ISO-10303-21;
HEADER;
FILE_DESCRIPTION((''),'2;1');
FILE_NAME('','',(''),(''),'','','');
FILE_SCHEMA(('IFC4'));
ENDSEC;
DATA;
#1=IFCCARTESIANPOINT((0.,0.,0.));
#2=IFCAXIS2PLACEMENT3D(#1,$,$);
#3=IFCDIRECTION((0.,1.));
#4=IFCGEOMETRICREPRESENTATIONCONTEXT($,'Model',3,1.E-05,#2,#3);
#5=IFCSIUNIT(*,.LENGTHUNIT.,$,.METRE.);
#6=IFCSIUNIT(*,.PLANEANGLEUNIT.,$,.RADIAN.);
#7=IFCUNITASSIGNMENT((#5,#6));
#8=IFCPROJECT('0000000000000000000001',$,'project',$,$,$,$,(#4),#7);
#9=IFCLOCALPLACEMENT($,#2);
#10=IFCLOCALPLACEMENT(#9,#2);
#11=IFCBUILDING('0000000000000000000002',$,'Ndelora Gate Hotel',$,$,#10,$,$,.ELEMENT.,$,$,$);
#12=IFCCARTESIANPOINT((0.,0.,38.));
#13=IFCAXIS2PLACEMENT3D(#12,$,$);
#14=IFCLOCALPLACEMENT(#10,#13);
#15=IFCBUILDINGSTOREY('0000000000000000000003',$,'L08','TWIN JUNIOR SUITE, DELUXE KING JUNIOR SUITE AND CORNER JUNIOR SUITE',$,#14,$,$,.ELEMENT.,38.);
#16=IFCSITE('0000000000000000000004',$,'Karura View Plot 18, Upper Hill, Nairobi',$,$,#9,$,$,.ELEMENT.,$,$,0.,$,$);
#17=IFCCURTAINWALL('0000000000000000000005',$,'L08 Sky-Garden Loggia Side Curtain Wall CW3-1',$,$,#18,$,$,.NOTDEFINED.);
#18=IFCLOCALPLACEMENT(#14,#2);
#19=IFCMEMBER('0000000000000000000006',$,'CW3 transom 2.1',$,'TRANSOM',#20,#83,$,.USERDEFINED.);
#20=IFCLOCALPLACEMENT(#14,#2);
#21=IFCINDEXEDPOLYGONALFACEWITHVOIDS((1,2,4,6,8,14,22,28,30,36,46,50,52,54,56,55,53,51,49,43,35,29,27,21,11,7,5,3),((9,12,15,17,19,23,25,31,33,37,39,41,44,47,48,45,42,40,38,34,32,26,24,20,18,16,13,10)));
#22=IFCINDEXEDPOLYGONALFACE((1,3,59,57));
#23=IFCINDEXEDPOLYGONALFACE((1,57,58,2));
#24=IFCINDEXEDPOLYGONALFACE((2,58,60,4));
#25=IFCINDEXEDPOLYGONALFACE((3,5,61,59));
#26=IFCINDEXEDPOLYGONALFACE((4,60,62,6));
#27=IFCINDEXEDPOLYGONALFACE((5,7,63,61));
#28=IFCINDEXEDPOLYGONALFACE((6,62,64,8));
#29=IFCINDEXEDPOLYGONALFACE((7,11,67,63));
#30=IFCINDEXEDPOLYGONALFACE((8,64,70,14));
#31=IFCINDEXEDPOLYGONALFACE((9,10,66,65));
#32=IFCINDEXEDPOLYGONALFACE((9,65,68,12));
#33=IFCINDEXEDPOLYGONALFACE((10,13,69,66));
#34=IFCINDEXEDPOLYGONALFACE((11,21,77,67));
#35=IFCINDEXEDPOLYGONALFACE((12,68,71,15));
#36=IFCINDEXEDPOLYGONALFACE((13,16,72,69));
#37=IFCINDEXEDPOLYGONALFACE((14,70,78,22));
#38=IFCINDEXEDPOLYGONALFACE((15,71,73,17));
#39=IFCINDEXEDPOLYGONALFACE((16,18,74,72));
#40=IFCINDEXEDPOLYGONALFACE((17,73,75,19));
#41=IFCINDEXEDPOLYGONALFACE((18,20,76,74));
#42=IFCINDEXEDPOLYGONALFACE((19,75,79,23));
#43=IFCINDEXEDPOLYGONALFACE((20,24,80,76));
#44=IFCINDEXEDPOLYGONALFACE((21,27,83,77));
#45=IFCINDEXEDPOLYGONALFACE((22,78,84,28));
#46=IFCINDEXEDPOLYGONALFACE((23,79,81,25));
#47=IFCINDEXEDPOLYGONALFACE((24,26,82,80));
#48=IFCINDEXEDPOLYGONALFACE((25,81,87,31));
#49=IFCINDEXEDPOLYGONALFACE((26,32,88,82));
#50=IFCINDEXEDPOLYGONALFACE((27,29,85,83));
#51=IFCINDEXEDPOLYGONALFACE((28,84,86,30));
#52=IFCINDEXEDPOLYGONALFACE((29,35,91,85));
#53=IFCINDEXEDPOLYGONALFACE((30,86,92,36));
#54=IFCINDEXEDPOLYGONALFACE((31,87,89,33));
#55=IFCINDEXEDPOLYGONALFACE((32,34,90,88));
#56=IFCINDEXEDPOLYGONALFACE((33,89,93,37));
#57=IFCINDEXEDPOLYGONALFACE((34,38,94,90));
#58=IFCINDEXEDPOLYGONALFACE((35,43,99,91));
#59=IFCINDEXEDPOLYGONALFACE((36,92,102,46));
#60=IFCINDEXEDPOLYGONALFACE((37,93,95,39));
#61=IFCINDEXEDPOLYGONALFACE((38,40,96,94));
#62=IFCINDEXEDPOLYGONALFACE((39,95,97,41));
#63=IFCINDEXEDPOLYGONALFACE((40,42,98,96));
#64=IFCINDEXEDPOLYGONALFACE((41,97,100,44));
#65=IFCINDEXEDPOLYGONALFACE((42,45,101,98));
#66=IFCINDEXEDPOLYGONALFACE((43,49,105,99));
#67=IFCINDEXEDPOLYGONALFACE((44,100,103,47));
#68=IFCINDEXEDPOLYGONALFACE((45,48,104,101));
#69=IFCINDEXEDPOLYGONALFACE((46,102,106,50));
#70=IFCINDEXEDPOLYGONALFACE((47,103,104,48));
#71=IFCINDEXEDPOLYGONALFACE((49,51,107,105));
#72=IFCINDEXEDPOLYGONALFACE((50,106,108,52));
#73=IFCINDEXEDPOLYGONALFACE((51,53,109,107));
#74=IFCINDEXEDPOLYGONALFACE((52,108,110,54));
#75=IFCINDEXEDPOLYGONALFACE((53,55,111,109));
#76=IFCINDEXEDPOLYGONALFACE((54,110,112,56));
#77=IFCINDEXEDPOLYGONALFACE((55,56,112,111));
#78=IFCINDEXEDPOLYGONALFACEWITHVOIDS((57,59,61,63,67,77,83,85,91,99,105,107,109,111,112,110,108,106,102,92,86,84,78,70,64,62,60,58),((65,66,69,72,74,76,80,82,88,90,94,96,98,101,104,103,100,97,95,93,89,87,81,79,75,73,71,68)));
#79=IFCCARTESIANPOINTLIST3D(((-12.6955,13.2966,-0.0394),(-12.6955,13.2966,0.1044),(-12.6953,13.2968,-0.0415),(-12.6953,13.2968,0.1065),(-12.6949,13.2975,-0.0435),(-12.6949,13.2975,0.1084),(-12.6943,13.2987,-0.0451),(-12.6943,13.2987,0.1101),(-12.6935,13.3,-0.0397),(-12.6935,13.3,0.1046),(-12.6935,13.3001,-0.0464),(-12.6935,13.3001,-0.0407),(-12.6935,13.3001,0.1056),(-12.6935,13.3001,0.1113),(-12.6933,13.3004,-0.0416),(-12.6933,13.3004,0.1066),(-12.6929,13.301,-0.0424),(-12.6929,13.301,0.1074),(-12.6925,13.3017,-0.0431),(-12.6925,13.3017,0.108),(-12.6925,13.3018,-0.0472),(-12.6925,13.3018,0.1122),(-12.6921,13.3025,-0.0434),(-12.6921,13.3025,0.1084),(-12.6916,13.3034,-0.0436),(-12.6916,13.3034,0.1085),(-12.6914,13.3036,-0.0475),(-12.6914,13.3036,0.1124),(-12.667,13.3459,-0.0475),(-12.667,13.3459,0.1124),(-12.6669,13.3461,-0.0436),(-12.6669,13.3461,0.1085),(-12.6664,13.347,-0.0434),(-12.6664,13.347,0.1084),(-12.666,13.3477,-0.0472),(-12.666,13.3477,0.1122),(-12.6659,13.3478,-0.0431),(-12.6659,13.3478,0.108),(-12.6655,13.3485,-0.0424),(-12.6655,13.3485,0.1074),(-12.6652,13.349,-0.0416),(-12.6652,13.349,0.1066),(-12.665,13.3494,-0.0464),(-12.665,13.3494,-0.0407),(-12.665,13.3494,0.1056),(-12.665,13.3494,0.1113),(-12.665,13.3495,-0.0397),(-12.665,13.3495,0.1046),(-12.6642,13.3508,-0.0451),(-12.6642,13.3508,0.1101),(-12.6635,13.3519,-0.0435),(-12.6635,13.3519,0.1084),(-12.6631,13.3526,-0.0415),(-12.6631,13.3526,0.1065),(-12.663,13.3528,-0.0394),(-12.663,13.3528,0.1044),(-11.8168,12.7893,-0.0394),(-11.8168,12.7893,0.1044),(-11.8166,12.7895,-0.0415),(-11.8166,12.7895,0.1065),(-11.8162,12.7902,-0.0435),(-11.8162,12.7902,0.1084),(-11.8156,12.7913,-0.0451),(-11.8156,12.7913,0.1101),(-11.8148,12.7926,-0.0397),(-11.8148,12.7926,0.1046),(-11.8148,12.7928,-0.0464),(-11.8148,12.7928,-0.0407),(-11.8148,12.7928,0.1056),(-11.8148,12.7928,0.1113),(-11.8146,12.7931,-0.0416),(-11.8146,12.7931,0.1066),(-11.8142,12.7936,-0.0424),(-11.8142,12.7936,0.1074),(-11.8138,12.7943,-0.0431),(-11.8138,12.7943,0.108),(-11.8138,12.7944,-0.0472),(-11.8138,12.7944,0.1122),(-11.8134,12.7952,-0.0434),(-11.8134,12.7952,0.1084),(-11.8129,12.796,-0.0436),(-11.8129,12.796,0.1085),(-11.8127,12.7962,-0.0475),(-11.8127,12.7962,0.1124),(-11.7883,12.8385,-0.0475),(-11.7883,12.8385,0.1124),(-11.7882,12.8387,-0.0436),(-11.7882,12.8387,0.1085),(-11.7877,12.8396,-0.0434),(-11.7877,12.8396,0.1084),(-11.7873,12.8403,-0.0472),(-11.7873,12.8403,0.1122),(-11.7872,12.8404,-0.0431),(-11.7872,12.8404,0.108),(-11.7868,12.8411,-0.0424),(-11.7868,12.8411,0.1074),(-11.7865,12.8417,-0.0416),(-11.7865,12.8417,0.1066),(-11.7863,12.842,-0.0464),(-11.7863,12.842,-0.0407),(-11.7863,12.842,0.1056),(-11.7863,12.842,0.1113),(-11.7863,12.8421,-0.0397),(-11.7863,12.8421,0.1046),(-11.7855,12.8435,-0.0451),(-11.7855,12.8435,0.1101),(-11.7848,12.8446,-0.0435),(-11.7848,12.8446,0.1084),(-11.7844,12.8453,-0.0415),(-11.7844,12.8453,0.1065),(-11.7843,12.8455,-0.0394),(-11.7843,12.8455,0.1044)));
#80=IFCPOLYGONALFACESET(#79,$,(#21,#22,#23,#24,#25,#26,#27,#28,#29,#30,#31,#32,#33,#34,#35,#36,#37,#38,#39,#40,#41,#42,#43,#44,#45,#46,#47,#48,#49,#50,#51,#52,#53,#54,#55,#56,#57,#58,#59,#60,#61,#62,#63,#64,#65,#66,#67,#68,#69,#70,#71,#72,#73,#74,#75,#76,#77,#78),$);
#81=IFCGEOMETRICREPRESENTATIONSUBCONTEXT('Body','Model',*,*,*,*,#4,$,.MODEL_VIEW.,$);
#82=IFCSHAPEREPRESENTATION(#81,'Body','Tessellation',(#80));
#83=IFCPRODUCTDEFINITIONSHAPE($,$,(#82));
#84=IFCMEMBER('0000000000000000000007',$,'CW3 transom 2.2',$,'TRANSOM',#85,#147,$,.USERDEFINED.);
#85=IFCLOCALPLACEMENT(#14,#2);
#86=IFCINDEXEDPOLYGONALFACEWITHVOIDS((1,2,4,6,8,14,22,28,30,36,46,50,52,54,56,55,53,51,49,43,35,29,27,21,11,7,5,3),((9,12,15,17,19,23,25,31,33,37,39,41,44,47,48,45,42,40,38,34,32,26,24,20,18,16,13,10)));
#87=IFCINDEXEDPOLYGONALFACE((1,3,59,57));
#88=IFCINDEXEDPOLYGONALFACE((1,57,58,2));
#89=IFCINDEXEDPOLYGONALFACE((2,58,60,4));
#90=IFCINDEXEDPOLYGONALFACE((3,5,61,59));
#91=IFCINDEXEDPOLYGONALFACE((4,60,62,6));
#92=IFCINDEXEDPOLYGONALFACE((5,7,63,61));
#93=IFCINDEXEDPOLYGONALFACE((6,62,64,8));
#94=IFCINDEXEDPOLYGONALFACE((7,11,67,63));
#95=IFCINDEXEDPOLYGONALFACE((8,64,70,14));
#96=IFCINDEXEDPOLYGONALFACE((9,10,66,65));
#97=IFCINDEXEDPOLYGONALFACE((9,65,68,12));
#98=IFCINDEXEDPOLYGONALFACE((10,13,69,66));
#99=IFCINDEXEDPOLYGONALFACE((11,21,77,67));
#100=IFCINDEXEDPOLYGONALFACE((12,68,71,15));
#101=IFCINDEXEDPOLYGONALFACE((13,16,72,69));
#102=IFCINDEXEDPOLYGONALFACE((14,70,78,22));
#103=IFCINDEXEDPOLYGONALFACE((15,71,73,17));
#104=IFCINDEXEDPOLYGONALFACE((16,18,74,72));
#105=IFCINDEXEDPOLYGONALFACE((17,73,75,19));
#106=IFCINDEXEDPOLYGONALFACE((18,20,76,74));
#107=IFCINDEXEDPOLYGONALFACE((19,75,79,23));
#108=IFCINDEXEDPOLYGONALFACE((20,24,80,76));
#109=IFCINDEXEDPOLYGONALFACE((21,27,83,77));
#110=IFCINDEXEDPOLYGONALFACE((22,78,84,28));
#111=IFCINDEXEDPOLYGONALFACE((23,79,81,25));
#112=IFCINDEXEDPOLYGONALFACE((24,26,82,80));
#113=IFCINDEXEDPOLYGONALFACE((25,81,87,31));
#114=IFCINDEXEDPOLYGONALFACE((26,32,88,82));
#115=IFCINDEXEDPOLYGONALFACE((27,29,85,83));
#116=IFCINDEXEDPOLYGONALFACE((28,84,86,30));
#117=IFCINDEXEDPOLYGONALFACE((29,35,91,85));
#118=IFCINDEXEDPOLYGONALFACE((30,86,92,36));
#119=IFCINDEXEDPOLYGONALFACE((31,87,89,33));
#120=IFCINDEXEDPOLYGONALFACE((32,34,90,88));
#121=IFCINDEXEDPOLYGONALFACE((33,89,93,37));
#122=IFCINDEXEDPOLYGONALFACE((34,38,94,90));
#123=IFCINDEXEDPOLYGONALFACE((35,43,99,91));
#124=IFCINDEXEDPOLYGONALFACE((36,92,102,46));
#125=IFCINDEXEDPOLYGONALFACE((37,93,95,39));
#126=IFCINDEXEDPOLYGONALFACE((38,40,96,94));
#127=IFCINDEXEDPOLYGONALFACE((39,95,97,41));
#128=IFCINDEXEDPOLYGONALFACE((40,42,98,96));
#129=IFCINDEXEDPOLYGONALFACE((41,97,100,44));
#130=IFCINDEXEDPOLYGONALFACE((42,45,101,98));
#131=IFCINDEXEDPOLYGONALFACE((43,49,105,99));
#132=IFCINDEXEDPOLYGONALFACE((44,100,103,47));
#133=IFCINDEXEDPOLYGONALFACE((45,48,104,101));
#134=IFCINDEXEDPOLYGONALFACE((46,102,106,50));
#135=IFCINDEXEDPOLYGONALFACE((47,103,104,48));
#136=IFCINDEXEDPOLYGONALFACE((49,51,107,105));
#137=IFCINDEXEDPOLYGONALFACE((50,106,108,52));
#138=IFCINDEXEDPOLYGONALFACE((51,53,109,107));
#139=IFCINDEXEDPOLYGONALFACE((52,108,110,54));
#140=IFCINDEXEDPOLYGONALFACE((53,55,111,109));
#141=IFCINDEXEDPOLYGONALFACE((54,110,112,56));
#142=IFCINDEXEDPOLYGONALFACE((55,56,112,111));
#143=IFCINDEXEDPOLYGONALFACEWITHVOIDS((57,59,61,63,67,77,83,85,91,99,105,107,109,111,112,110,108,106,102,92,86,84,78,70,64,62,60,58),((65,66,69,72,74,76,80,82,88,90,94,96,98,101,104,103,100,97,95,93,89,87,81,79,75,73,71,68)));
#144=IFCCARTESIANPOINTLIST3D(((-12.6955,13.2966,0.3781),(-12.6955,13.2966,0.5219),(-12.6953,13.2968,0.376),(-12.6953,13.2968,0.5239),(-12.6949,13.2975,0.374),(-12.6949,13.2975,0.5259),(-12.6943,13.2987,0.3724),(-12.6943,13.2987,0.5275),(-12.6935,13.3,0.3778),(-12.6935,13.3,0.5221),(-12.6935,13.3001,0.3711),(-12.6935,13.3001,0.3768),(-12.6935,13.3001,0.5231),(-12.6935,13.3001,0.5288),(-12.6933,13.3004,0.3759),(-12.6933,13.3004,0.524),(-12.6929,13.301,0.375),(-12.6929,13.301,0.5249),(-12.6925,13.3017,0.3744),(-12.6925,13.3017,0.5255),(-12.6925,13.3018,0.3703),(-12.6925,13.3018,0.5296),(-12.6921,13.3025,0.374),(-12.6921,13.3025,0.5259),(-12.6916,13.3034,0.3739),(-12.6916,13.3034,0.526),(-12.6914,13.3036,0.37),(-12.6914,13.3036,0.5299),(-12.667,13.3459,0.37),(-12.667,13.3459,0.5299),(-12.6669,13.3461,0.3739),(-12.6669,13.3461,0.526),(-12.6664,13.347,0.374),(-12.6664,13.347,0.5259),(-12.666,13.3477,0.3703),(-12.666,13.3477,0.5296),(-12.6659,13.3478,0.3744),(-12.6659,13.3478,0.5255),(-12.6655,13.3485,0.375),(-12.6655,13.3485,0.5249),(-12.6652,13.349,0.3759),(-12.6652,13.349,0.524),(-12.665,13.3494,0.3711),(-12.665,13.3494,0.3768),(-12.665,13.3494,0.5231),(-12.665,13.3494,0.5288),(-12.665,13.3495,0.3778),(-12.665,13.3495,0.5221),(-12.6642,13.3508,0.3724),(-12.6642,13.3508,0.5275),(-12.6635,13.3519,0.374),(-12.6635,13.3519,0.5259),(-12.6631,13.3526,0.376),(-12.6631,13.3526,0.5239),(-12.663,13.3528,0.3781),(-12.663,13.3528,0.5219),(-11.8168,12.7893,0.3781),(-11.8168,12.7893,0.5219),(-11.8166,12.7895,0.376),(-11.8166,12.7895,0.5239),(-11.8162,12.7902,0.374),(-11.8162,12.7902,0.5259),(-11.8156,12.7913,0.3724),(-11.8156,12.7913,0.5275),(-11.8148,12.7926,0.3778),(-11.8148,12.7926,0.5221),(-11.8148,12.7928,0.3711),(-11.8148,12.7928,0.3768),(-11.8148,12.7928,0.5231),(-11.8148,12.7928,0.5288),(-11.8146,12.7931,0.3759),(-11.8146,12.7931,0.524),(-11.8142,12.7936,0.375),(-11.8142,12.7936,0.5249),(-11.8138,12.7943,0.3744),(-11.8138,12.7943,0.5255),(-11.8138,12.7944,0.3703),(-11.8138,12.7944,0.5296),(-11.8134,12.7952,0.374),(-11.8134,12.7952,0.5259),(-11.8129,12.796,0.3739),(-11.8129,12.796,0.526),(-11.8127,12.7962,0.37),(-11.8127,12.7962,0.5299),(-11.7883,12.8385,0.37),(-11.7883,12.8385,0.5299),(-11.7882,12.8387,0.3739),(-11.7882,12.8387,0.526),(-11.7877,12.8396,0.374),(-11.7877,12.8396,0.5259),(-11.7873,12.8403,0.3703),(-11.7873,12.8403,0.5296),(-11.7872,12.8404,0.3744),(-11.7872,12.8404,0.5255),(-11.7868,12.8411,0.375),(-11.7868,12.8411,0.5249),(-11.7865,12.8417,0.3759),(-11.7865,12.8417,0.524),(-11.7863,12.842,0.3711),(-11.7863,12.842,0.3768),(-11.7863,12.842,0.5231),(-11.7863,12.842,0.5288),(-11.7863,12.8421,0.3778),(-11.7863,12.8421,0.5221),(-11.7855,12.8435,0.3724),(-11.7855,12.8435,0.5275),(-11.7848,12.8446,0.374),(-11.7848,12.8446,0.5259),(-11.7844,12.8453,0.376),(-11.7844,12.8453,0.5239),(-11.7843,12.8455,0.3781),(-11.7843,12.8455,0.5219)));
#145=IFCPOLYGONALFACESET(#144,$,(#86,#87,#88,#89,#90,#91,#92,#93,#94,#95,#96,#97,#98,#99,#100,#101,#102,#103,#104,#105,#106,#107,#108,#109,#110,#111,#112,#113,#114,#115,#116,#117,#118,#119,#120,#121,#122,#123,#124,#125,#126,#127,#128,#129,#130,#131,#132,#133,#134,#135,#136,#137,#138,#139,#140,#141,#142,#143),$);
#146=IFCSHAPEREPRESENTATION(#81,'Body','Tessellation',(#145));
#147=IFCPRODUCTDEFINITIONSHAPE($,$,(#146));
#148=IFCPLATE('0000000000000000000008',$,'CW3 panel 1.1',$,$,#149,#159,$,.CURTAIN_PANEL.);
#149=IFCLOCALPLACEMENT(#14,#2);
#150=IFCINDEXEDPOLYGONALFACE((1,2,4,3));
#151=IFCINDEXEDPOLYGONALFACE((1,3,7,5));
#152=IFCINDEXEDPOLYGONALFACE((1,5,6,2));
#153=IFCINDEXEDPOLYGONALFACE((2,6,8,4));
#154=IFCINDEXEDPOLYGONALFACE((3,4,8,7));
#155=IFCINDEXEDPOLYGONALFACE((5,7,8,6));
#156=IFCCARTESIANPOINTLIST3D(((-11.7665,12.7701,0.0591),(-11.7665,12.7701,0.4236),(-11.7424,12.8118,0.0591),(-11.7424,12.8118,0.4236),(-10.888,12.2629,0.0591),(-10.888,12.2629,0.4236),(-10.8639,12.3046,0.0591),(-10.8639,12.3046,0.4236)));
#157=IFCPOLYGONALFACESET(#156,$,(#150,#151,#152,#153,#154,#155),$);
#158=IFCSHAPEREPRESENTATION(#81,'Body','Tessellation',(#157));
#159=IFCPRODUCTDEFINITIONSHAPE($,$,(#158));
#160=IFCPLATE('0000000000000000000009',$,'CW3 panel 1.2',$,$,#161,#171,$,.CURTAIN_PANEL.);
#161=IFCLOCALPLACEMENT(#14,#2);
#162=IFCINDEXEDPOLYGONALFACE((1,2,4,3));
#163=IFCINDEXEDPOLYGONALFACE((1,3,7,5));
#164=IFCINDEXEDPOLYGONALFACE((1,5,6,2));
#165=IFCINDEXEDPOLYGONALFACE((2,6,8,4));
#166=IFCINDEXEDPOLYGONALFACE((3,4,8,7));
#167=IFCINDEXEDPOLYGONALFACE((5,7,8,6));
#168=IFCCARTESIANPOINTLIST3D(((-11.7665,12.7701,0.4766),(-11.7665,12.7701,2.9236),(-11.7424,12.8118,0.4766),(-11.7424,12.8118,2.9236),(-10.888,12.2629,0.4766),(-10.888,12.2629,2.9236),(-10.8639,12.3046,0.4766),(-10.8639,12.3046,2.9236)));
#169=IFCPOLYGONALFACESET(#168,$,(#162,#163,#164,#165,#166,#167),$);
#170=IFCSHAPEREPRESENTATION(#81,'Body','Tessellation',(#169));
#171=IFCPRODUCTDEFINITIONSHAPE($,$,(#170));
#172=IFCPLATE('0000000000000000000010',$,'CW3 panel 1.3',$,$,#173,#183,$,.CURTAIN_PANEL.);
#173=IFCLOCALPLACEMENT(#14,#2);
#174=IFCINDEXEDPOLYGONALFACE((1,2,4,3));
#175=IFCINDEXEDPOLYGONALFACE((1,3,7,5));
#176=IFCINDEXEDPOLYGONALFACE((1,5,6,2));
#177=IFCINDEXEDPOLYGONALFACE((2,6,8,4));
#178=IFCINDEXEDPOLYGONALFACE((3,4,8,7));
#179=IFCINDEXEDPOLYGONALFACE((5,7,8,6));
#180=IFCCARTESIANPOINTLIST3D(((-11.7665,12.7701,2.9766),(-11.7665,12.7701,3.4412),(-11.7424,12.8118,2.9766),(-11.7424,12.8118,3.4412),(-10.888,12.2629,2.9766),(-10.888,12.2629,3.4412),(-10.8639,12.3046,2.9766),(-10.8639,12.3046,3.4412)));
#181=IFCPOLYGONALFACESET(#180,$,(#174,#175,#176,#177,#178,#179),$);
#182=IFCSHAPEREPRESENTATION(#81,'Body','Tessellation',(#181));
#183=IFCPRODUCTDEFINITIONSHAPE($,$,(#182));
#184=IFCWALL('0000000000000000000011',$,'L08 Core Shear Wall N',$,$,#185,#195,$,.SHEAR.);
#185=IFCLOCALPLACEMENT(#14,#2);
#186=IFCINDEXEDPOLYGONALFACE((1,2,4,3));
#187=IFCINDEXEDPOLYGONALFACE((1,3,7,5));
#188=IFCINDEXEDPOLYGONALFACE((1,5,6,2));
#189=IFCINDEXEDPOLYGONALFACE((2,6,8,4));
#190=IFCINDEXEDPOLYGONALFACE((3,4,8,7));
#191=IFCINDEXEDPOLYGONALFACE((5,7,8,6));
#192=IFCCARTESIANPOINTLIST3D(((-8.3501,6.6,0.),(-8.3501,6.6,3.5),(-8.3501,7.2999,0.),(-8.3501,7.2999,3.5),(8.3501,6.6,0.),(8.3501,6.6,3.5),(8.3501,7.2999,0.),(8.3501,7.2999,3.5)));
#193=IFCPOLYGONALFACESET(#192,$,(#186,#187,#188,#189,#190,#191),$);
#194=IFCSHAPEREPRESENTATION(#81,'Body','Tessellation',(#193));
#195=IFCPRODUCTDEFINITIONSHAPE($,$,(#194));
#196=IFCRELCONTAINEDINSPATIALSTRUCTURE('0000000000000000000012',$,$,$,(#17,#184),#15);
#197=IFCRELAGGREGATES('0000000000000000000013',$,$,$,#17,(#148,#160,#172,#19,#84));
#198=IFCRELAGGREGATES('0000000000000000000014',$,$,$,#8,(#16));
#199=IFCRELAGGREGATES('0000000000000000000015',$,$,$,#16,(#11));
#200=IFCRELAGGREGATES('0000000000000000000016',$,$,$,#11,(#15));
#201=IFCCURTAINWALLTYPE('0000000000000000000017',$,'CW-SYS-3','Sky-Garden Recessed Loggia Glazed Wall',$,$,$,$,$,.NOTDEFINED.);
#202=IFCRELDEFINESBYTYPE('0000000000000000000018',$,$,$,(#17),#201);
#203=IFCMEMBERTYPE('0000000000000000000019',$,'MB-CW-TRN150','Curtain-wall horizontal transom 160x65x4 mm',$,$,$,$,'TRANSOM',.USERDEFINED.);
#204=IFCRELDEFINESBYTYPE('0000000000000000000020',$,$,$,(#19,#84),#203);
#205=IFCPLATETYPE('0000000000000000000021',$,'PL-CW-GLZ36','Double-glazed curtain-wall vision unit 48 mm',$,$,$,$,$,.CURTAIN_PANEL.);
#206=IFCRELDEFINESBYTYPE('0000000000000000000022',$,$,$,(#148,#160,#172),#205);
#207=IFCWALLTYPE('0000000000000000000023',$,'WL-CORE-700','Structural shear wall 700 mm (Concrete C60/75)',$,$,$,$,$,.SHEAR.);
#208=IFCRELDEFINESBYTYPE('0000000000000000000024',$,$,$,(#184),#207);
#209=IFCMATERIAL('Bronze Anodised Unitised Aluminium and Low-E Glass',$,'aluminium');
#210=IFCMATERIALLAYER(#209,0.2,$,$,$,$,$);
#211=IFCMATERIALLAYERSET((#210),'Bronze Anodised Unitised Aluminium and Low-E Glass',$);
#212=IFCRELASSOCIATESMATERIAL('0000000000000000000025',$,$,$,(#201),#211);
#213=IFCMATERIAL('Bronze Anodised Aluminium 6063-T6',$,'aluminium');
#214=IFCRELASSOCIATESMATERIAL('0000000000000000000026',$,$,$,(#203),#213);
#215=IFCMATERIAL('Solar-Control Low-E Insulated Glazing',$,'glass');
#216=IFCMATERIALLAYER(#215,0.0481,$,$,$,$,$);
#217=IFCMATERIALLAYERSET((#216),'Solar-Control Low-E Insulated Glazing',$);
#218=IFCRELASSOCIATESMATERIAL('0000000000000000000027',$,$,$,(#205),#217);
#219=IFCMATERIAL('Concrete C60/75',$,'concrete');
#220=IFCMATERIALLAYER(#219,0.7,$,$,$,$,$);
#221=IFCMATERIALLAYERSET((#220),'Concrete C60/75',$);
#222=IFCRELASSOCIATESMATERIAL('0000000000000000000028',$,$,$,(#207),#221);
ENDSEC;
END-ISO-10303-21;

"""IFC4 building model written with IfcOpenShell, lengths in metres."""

from ifc_helpers import new_model, si_unit, direction, frame, frame_2d, origin, origin_2d, place, context, subcontext, project, spatial, rectangle, hollow_rectangle, extrude, material, layer, layer_set, material_profile, profile_set, type_object, element, aggregate, save


model = new_model("IFC4")

# Units and contexts
model_context = context("Model", 3, precision=1e-05, world=origin(), true_north=direction((0.0, 1.0)))
body_context = subcontext(model_context, "Body", "Model", "MODEL_VIEW")
ifc_project = project(units=[si_unit("LENGTHUNIT", "METRE"), si_unit("PLANEANGLEUNIT", "RADIAN")], contexts=[model_context])

# Site, building, storey
site_placement = place(None, origin())
site = spatial("IfcSite", under=ifc_project, at=site_placement, Name="Karura View Plot 18, Upper Hill, Nairobi", CompositionType="ELEMENT", RefElevation=0.0)
building_placement = place(site_placement, origin())
building = spatial("IfcBuilding", under=site, at=building_placement, Name="Ndelora Gate Hotel", CompositionType="ELEMENT")
storey_placement = place(building_placement, frame((0.0, 0.0, 38.0)))
storey = spatial("IfcBuildingStorey", under=building, at=storey_placement, Name="L08", Description="TWIN JUNIOR SUITE, DELUXE KING JUNIOR SUITE AND CORNER JUNIOR SUITE", CompositionType="ELEMENT", Elevation=38.0)

# Curtain wall, members, plates
ifc_material_1 = material(Name="Bronze Anodised Unitised Aluminium and Low-E Glass", Category="aluminium")
ifc_layer_1 = layer(ifc_material_1, 0.2)
ifc_layer_set_1 = layer_set([ifc_layer_1], Name="Bronze Anodised Unitised Aluminium and Low-E Glass")
curtain_wall_type = type_object("IfcCurtainWallType", Name="CW-SYS-3", Description="Sky-Garden Recessed Loggia Glazed Wall", PredefinedType="NOTDEFINED", material=ifc_layer_set_1)
curtain_wall_placement = place(storey_placement, origin())
curtain_wall = element("IfcCurtainWall", 1, at=curtain_wall_placement, inside=storey, type_object=curtain_wall_type, Name="L08 Sky-Garden Loggia Side Curtain Wall CW3-1", PredefinedType="NOTDEFINED")
ifc_material_2 = material(Name="Bronze Anodised Aluminium 6063-T6", Category="aluminium")
ifc_material_profile_1 = material_profile(ifc_material_2, hollow_rectangle(XDim=0.0649, YDim=0.1599, WallThickness=0.0039, InnerFilletRadius=0.0039, OuterFilletRadius=0.0081, at=origin_2d()), Name="ALU 160x65x4")
ifc_profile_set_1 = profile_set([ifc_material_profile_1], Name="Bronze Anodised Aluminium 6063-T6")
member_type_1 = type_object("IfcMemberType", Name="MB-CW-TRN150", Description="Curtain-wall horizontal transom 160x65x4 mm", ElementType="TRANSOM", PredefinedType="USERDEFINED", material=ifc_profile_set_1)
member_1_placement = place(storey_placement, frame((-11.8005, 12.8174, 0.0325), z_axis=(-0.866013, 0.500021, 0.0), x_axis=(-0.500021, -0.866013, 0.0)))
member_1 = element("IfcMember", 2, at=member_1_placement, type_object=member_type_1, Name="CW3 transom 2.1", ObjectType="TRANSOM", PredefinedType="USERDEFINED", context=body_context, shape_type="SweptSolid", body=[
    extrude(hollow_rectangle(XDim=0.0649, YDim=0.1599, WallThickness=0.0039, InnerFilletRadius=0.0039, OuterFilletRadius=0.0081, at=origin_2d()), origin(), (0.0, 0.0, 1.0), 1.0146),
])
member_2_placement = place(storey_placement, frame((-11.8005, 12.8174, 0.45), z_axis=(-0.866013, 0.500021, 0.0), x_axis=(-0.500021, -0.866013, 0.0)))
member_2 = element("IfcMember", 3, at=member_2_placement, type_object=member_type_1, Name="CW3 transom 2.2", ObjectType="TRANSOM", PredefinedType="USERDEFINED", context=body_context, shape_type="SweptSolid", body=[
    extrude(hollow_rectangle(XDim=0.0649, YDim=0.1599, WallThickness=0.0039, InnerFilletRadius=0.0039, OuterFilletRadius=0.0081, at=origin_2d()), origin(), (0.0, 0.0, 1.0), 1.0146),
])
ifc_material_3 = material(Name="Solar-Control Low-E Insulated Glazing", Category="glass")
ifc_layer_2 = layer(ifc_material_3, 0.0481)
ifc_layer_set_2 = layer_set([ifc_layer_2], Name="Solar-Control Low-E Insulated Glazing")
plate_type = type_object("IfcPlateType", Name="PL-CW-GLZ36", Description="Double-glazed curtain-wall vision unit 48 mm", PredefinedType="CURTAIN_PANEL", material=ifc_layer_set_2)
plate_1_placement = place(storey_placement, frame((-11.3152, 12.5374, 0.0591), z_axis=(0.0, 0.0, 1.0), x_axis=(-0.86603, 0.499991, 0.0)))
plate_1 = element("IfcPlate", 4, at=plate_1_placement, type_object=plate_type, Name="CW3 panel 1.1", PredefinedType="CURTAIN_PANEL", context=body_context, shape_type="SweptSolid", body=[
    extrude(rectangle(XDim=1.0144, YDim=0.0481, at=origin_2d()), origin(), (0.0, 0.0, 1.0), 0.3645),
])
plate_2_placement = place(storey_placement, frame((-11.3152, 12.5374, 0.4766), z_axis=(0.0, 0.0, 1.0), x_axis=(-0.86603, 0.499991, 0.0)))
plate_2 = element("IfcPlate", 5, at=plate_2_placement, type_object=plate_type, Name="CW3 panel 1.2", PredefinedType="CURTAIN_PANEL", context=body_context, shape_type="SweptSolid", body=[
    extrude(rectangle(XDim=1.0144, YDim=0.0481, at=origin_2d()), origin(), (0.0, 0.0, 1.0), 2.447),
])
plate_3_placement = place(storey_placement, frame((-11.3152, 12.5374, 2.9766), z_axis=(0.0, 0.0, 1.0), x_axis=(-0.86603, 0.499991, 0.0)))
plate_3 = element("IfcPlate", 6, at=plate_3_placement, type_object=plate_type, Name="CW3 panel 1.3", PredefinedType="CURTAIN_PANEL", context=body_context, shape_type="SweptSolid", body=[
    extrude(rectangle(XDim=1.0144, YDim=0.0481, at=origin_2d()), origin(), (0.0, 0.0, 1.0), 0.4646),
])
aggregate(curtain_wall, [plate_1, plate_2, plate_3, member_1, member_2])

# Wall
ifc_material_4 = material(Name="Concrete C60/75", Category="concrete")
ifc_layer_3 = layer(ifc_material_4, 0.7)
ifc_layer_set_3 = layer_set([ifc_layer_3], Name="Concrete C60/75")
wall_type_1 = type_object("IfcWallType", Name="WL-CORE-700", Description="Structural shear wall 700 mm (Concrete C60/75)", PredefinedType="SHEAR", material=ifc_layer_set_3)
wall_1_placement = place(storey_placement, frame((-8.3501, 6.95, 0.0), z_axis=(0.0, 0.0, 1.0), x_axis=(1.0, 0.0, 0.0)))
element("IfcWall", 7, at=wall_1_placement, inside=storey, type_object=wall_type_1, Name="L08 Core Shear Wall N", PredefinedType="SHEAR", context=body_context, shape_type="SweptSolid", body=[
    extrude(rectangle(XDim=16.7002, YDim=0.7, at=frame_2d((8.3501, 0.0))), origin(), (0.0, 0.0, 1.0), 3.5),
])

save(model, "model.ifc")
